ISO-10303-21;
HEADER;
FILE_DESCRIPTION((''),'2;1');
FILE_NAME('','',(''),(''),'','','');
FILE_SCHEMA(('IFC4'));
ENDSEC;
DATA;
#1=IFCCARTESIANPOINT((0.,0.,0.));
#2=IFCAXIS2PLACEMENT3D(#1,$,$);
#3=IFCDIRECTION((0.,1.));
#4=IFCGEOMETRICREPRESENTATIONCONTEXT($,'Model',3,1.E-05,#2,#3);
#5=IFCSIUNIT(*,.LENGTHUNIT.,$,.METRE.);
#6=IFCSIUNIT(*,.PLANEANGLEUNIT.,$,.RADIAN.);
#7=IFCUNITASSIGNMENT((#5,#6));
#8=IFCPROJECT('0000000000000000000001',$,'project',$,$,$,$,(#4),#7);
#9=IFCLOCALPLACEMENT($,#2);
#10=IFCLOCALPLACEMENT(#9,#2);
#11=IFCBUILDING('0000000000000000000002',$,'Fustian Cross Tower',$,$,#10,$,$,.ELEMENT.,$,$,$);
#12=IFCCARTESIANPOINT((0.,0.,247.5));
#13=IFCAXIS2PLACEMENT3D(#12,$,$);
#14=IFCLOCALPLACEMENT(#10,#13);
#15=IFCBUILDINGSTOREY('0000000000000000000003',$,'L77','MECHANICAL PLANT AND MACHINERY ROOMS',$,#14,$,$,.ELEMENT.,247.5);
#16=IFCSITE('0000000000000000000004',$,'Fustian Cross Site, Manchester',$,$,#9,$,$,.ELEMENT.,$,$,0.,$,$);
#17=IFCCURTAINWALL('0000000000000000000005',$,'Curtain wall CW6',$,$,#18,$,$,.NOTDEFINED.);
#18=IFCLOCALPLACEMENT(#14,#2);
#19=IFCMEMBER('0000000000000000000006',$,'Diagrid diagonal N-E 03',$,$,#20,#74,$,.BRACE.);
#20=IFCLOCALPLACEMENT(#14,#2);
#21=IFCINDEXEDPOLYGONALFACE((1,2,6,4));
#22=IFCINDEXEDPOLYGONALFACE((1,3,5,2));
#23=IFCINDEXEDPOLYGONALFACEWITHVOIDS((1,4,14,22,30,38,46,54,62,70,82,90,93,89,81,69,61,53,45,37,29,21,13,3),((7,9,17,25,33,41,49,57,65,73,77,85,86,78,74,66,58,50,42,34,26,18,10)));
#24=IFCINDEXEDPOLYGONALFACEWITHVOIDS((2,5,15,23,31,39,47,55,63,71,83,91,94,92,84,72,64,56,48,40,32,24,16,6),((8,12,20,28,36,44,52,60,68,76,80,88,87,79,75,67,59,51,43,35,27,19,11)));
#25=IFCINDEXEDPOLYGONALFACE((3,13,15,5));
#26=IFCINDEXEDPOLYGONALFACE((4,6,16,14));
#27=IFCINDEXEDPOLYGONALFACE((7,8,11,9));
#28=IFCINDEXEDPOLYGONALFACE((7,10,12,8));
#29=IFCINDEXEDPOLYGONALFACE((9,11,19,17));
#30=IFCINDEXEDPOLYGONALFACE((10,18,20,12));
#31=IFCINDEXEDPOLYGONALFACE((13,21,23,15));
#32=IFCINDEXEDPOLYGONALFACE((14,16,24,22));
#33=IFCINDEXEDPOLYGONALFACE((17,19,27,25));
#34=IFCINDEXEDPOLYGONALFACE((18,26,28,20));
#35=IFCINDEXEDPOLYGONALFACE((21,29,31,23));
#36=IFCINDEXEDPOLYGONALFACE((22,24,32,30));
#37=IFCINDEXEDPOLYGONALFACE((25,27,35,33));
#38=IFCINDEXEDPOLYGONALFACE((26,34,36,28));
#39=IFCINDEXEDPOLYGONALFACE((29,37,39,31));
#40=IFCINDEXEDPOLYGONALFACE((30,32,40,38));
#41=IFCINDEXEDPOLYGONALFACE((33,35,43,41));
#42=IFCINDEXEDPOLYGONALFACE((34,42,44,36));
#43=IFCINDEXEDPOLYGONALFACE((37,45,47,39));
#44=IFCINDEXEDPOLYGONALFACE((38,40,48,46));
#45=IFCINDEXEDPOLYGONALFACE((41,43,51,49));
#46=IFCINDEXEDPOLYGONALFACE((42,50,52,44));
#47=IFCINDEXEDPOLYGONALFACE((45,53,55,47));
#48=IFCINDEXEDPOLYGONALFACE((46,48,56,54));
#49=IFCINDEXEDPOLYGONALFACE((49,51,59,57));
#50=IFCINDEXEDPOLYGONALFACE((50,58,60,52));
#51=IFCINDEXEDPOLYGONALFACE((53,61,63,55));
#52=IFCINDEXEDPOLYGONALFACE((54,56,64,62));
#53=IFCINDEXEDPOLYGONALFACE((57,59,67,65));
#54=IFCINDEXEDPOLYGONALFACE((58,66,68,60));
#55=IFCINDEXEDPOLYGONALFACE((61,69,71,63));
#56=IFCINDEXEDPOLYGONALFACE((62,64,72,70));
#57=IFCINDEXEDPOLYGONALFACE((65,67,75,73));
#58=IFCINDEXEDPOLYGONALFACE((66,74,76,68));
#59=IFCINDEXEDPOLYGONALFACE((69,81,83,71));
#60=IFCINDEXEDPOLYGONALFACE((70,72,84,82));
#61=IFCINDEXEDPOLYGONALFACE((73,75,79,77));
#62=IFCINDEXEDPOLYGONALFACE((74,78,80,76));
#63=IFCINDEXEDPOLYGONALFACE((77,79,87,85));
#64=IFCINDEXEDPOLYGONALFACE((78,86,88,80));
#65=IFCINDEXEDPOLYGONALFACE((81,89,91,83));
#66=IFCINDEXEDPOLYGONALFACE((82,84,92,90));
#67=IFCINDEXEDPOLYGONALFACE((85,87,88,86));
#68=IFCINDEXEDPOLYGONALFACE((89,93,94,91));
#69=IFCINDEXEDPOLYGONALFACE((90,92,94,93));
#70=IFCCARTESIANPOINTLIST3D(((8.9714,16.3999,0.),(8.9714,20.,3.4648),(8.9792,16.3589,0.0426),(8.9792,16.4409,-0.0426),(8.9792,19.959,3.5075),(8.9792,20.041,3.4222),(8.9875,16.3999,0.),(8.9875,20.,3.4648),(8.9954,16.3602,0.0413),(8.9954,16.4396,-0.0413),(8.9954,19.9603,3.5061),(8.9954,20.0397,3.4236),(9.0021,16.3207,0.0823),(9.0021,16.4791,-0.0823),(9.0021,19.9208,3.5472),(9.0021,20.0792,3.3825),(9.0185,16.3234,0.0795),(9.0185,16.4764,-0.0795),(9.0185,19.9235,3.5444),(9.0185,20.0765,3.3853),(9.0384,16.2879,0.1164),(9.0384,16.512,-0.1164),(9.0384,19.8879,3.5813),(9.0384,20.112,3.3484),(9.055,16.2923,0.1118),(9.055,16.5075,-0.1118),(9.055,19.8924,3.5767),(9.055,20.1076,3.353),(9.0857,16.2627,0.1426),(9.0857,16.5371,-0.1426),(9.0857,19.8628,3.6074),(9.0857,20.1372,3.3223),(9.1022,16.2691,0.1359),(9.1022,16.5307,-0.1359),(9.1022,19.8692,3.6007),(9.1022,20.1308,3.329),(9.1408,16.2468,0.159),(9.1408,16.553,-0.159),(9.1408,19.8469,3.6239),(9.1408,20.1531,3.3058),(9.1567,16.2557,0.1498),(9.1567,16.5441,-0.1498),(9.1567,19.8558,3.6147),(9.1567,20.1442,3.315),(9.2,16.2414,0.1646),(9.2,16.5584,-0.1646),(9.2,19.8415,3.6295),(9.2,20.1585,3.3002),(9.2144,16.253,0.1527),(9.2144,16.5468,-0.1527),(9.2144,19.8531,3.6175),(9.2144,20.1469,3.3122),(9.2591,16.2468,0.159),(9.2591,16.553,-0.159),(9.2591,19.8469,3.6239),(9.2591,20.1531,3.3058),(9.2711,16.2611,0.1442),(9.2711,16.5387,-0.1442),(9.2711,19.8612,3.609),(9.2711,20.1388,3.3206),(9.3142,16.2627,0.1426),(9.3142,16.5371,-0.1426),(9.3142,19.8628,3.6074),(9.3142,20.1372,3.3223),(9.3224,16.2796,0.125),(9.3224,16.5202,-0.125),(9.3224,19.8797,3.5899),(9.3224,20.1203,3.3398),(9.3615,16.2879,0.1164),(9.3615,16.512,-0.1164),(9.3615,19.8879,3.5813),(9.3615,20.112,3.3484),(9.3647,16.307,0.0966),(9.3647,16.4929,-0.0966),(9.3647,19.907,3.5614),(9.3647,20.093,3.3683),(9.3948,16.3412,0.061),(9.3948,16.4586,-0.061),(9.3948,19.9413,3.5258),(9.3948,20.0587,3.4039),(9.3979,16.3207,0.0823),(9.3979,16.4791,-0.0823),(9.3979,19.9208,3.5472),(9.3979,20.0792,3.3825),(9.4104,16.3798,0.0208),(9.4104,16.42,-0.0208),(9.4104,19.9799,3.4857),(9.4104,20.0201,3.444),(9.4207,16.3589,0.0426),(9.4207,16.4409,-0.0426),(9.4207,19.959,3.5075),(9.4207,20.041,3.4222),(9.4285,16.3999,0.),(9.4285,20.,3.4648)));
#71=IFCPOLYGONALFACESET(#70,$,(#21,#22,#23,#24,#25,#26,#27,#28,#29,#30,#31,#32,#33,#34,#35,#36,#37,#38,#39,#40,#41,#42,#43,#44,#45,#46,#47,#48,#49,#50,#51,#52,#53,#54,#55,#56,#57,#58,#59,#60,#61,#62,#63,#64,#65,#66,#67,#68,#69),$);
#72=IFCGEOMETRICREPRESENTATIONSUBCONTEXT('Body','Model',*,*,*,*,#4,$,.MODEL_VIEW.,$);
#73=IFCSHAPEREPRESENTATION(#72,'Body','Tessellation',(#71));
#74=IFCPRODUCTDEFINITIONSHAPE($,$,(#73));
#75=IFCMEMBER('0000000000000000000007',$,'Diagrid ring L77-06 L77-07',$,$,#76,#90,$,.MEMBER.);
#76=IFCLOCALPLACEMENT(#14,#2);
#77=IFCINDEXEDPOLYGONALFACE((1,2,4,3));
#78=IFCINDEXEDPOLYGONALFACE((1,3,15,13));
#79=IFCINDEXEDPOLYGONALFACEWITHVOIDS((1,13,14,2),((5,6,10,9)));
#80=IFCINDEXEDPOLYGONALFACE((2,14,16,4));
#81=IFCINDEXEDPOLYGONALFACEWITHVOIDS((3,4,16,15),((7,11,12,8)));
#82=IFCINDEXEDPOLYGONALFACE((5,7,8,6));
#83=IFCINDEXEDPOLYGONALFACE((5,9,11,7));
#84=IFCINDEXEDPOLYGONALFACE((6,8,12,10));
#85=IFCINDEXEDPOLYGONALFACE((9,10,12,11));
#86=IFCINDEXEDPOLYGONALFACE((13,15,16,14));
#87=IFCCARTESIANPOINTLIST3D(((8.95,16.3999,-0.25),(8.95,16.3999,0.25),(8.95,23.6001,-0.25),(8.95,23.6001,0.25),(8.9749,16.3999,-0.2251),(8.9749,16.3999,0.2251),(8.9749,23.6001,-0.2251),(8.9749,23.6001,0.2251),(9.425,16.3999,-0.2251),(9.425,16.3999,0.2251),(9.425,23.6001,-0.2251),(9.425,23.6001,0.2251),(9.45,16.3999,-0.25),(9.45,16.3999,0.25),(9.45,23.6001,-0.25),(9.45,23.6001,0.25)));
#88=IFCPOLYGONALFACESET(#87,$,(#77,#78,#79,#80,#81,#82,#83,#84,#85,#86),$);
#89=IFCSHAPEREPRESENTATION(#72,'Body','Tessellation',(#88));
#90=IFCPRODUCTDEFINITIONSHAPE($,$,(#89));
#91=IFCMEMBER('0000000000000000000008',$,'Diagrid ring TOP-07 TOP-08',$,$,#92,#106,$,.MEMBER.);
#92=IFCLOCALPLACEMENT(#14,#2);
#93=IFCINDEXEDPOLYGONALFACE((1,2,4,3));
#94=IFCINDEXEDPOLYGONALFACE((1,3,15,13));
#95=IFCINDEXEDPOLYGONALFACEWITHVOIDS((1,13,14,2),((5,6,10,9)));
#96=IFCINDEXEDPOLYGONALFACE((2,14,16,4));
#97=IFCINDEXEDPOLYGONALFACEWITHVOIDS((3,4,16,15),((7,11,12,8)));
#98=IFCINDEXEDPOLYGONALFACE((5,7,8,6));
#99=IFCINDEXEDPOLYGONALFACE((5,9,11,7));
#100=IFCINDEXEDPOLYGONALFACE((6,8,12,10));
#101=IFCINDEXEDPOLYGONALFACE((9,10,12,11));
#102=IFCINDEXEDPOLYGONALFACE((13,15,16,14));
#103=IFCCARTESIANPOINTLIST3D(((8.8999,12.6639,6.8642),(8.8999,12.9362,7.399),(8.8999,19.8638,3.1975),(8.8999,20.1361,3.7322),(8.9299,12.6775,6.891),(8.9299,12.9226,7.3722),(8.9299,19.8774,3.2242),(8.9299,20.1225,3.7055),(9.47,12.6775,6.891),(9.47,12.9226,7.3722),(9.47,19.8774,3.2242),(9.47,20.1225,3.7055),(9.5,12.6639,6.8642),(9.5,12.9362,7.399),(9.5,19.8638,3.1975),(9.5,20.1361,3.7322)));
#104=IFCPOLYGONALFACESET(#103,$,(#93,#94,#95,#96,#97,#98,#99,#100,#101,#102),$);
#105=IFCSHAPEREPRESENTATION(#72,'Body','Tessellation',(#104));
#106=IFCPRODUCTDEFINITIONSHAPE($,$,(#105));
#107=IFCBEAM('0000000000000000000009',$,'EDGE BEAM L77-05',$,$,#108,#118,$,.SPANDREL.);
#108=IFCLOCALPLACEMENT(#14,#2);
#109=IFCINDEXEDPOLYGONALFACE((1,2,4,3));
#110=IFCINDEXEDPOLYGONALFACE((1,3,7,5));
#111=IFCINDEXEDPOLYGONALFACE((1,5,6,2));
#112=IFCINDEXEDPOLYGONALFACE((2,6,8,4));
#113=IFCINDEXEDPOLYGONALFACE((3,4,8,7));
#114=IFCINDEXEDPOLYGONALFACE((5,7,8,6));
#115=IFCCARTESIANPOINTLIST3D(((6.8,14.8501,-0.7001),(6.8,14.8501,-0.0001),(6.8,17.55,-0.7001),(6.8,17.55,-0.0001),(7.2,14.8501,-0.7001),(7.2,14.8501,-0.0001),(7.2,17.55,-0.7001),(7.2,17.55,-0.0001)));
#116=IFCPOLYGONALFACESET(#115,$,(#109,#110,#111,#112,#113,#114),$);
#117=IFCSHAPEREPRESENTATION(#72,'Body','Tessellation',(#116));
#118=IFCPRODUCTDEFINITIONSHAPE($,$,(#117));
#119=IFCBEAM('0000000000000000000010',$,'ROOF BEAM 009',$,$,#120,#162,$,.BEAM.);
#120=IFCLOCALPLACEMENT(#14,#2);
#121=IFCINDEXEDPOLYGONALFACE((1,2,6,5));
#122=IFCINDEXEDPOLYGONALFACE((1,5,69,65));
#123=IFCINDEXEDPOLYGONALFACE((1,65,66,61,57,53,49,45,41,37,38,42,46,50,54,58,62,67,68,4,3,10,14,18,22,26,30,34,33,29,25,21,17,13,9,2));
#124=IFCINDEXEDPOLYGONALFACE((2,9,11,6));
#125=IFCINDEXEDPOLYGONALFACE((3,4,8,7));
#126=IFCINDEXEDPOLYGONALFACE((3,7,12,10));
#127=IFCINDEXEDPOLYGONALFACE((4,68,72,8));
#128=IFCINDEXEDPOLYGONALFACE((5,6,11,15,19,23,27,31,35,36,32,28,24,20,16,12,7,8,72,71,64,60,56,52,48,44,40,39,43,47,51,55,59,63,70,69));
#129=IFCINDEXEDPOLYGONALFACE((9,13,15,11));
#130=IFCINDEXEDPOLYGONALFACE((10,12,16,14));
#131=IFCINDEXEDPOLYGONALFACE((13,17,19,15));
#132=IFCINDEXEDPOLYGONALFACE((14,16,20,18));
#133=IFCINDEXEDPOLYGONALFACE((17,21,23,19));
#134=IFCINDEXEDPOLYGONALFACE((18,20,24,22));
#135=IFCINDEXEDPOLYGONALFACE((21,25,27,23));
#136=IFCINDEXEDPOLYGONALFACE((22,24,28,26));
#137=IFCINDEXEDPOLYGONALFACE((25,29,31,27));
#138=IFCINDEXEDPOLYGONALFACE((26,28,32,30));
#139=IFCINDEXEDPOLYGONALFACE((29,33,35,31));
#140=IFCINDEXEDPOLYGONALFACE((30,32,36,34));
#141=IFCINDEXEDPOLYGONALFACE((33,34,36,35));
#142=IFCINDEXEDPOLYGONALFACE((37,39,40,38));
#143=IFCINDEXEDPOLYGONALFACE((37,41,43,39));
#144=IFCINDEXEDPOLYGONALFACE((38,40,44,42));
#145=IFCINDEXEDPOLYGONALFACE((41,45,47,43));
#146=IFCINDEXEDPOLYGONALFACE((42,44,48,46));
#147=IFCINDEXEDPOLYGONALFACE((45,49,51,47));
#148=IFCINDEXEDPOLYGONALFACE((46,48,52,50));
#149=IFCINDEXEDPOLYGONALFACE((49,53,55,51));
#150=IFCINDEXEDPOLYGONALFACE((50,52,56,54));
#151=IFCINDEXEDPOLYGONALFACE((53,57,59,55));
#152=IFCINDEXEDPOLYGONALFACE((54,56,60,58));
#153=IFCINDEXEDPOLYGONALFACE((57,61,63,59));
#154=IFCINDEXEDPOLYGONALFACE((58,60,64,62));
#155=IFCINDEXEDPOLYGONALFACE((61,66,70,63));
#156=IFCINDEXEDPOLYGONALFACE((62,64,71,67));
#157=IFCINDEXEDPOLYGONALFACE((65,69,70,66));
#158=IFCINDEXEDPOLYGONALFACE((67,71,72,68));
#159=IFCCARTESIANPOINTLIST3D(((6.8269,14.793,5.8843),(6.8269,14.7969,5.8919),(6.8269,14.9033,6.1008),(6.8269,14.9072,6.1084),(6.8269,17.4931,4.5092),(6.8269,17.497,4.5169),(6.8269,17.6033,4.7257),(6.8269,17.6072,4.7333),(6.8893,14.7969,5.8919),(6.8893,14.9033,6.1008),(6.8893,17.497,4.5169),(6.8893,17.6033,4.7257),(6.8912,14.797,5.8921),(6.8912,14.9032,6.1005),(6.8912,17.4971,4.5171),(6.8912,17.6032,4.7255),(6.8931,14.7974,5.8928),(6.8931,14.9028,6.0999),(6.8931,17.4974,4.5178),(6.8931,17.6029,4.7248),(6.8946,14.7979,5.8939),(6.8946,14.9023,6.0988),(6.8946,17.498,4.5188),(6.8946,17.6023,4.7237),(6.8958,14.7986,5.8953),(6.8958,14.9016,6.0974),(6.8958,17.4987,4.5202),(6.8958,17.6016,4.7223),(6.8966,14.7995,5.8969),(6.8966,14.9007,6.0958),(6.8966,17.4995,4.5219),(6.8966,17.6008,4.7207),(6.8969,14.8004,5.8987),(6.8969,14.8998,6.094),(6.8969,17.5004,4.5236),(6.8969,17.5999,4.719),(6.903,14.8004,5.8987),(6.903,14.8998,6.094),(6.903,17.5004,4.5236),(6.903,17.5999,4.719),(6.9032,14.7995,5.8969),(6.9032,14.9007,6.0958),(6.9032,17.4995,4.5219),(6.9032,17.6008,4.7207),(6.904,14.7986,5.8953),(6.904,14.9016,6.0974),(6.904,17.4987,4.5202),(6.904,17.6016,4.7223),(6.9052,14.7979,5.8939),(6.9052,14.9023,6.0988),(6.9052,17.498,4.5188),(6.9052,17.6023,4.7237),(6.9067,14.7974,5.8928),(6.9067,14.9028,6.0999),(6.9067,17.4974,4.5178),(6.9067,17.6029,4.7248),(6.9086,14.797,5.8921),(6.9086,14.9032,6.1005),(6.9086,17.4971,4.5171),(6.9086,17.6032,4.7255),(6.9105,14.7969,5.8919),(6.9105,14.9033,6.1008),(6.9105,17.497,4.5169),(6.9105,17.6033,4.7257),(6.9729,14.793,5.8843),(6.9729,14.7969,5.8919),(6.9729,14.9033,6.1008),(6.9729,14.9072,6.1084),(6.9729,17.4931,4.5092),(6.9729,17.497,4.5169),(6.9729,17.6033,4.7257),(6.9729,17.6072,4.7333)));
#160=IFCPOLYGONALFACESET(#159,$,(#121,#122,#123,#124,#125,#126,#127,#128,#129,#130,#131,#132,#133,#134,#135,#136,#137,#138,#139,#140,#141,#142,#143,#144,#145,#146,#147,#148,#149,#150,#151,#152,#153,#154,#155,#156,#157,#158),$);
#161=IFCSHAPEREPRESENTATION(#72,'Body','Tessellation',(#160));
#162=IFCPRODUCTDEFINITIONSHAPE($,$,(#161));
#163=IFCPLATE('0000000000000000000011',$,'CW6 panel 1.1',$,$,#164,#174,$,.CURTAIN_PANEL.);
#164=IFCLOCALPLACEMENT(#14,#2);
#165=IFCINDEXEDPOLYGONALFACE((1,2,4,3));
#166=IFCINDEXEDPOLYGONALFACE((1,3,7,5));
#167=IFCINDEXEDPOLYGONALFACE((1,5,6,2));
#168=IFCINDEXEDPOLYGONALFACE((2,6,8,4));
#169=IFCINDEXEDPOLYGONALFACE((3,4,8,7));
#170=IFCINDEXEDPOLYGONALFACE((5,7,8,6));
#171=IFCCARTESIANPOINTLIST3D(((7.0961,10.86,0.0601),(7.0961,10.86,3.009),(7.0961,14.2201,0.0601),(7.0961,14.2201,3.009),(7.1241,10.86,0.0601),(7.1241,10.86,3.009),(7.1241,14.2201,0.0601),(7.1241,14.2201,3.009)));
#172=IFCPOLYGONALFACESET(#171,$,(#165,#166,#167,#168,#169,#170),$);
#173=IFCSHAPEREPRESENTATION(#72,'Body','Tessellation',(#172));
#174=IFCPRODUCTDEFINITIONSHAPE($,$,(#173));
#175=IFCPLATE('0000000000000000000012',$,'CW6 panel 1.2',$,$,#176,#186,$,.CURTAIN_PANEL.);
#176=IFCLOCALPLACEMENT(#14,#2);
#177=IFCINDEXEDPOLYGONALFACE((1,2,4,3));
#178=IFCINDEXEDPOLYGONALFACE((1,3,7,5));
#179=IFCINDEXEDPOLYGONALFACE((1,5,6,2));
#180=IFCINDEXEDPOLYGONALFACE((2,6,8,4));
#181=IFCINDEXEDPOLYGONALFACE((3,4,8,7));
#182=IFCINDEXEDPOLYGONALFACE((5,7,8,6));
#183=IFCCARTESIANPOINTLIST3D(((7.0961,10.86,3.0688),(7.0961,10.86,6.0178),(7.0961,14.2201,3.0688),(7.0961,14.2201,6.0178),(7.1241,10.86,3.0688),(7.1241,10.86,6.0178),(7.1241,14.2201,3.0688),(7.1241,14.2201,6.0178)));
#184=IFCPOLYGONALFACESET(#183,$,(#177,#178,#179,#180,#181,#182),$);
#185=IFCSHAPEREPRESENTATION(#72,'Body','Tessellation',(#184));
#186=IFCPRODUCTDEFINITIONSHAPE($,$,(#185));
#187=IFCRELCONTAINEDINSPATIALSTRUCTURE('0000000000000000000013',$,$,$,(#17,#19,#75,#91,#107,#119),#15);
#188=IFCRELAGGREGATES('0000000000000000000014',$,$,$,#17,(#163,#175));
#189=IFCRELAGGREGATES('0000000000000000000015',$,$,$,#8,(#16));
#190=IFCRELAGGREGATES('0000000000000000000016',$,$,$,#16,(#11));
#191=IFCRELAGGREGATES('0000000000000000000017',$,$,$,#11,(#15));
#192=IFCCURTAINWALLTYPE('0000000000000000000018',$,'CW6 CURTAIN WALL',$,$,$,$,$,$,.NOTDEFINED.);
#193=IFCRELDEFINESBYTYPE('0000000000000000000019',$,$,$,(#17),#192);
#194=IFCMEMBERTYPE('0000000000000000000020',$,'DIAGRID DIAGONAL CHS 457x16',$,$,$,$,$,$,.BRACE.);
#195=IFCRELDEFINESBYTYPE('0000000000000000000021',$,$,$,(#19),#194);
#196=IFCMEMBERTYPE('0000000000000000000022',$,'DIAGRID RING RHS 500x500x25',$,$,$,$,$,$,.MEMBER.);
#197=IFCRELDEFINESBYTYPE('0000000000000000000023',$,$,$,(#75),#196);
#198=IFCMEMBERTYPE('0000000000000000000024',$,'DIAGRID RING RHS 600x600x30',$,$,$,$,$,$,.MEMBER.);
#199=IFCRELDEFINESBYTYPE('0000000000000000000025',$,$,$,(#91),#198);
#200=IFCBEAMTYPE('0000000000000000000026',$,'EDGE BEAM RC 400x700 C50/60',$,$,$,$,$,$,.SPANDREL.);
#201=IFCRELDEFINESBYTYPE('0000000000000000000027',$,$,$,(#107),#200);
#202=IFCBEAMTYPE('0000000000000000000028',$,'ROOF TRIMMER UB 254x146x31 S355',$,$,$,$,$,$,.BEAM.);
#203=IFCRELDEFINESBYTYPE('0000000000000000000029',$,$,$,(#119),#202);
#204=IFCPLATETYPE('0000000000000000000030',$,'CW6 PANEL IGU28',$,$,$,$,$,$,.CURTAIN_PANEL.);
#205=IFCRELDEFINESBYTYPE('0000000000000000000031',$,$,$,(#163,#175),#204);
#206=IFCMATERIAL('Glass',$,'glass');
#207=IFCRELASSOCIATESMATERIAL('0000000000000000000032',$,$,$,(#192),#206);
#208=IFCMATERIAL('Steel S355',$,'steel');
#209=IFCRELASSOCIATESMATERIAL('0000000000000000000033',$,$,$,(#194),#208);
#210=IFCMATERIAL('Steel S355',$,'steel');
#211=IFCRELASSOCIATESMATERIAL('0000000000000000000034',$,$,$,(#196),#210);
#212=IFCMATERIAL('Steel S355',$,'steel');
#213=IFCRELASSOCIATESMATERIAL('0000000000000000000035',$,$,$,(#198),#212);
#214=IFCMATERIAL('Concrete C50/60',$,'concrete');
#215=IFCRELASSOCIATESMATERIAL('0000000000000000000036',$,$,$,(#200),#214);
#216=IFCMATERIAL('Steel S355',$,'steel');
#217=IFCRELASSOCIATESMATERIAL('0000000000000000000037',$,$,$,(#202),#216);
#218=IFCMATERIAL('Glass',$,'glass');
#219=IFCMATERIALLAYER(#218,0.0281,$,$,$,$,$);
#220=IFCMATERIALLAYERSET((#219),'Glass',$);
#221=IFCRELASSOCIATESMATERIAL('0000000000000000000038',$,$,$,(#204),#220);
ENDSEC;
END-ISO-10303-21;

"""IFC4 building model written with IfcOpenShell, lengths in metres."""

from ifc_helpers import new_model, si_unit, direction, frame, origin, origin_2d, place, context, subcontext, project, spatial, rectangle, hollow_rectangle, hollow_circle, i_section, extrude, material, layer, layer_set, material_profile, profile_set, type_object, element, aggregate, save


model = new_model("IFC4")

# Units and contexts
model_context = context("Model", 3, precision=1e-05, world=origin(), true_north=direction((0.0, 1.0)))
body_context = subcontext(model_context, "Body", "Model", "MODEL_VIEW")
ifc_project = project(units=[si_unit("LENGTHUNIT", "METRE"), si_unit("PLANEANGLEUNIT", "RADIAN")], contexts=[model_context])

# Site, building, storey
site_placement = place(None, origin())
site = spatial("IfcSite", under=ifc_project, at=site_placement, Name="Fustian Cross Site, Manchester", CompositionType="ELEMENT", RefElevation=0.0)
building_placement = place(site_placement, origin())
building = spatial("IfcBuilding", under=site, at=building_placement, Name="Fustian Cross Tower", CompositionType="ELEMENT")
storey_placement = place(building_placement, frame((0.0, 0.0, 247.5)))
storey = spatial("IfcBuildingStorey", under=building, at=storey_placement, Name="L77", Description="MECHANICAL PLANT AND MACHINERY ROOMS", CompositionType="ELEMENT", Elevation=247.5)

# Shared definitions
ifc_material_1 = material(Name="Glass", Category="glass")
curtain_wall_type = type_object("IfcCurtainWallType", Name="CW6 CURTAIN WALL", PredefinedType="NOTDEFINED", material=ifc_material_1)

# Curtain wall
curtain_wall_1_placement = place(storey_placement, origin())
curtain_wall_1 = element("IfcCurtainWall", 1, at=curtain_wall_1_placement, inside=storey, type_object=curtain_wall_type, Name="Curtain wall CW6", PredefinedType="NOTDEFINED")

# Members
ifc_material_2 = material(Name="Steel S355", Category="steel")
ifc_material_profile_1 = material_profile(ifc_material_2, hollow_circle(Radius=0.2285, WallThickness=0.0161, at=origin_2d()), Name="CHS 457x16")
ifc_profile_set_1 = profile_set([ifc_material_profile_1], Name="Steel S355")
member_type_1 = type_object("IfcMemberType", Name="DIAGRID DIAGONAL CHS 457x16", PredefinedType="BRACE", material=ifc_profile_set_1)
member_1_placement = place(storey_placement, frame((9.2, 16.3999, 0.0), z_axis=(0.0, 0.720512, 0.693443), x_axis=(-1.0, 0.0, 0.0)))
element("IfcMember", 2, at=member_1_placement, inside=storey, type_object=member_type_1, Name="Diagrid diagonal N-E 03", PredefinedType="BRACE", context=body_context, shape_type="SweptSolid", body=[
    extrude(hollow_circle(Radius=0.2285, WallThickness=0.0161, at=origin_2d()), origin(), (0.0, 0.0, 1.0), 4.9966),
])
ifc_material_3 = material(Name="Steel S355", Category="steel")
ifc_material_profile_2 = material_profile(ifc_material_3, hollow_rectangle(XDim=0.5, YDim=0.5, WallThickness=0.0249, at=origin_2d()), Name="RHS 500x500x25")
ifc_profile_set_2 = profile_set([ifc_material_profile_2], Name="Steel S355")
member_type_2 = type_object("IfcMemberType", Name="DIAGRID RING RHS 500x500x25", PredefinedType="MEMBER", material=ifc_profile_set_2)
member_2_placement = place(storey_placement, frame((9.2, 16.3999, 0.0), z_axis=(0.0, 1.0, 0.0), x_axis=(-1.0, 0.0, 0.0)))
element("IfcMember", 3, at=member_2_placement, inside=storey, type_object=member_type_2, Name="Diagrid ring L77-06 L77-07", PredefinedType="MEMBER", context=body_context, shape_type="SweptSolid", body=[
    extrude(hollow_rectangle(XDim=0.5, YDim=0.5, WallThickness=0.0249, at=origin_2d()), origin(), (0.0, 0.0, 1.0), 7.2002),
])
ifc_material_4 = material(Name="Steel S355", Category="steel")
ifc_material_profile_3 = material_profile(ifc_material_4, hollow_rectangle(XDim=0.6001, YDim=0.6001, WallThickness=0.03, at=origin_2d()), Name="RHS 600x600x30")
ifc_profile_set_3 = profile_set([ifc_material_profile_3], Name="Steel S355")
member_type_3 = type_object("IfcMemberType", Name="DIAGRID RING RHS 600x600x30", PredefinedType="MEMBER", material=ifc_profile_set_3)
member_3_placement = place(storey_placement, frame((9.2, 12.8, 7.1316), z_axis=(0.0, 0.891097, -0.453813), x_axis=(-1.0, 0.0, 0.0)))
element("IfcMember", 4, at=member_3_placement, inside=storey, type_object=member_type_3, Name="Diagrid ring TOP-07 TOP-08", PredefinedType="MEMBER", context=body_context, shape_type="SweptSolid", body=[
    extrude(hollow_rectangle(XDim=0.6001, YDim=0.6001, WallThickness=0.03, at=origin_2d()), origin(), (0.0, 0.0, 1.0), 8.0798),
])

# Beams
ifc_material_5 = material(Name="Concrete C50/60", Category="concrete")
ifc_material_profile_4 = material_profile(ifc_material_5, rectangle(XDim=0.3999, YDim=0.7, at=origin_2d()), Name="RC 400x700")
ifc_profile_set_4 = profile_set([ifc_material_profile_4], Name="Concrete C50/60")
beam_type_1 = type_object("IfcBeamType", Name="EDGE BEAM RC 400x700 C50/60", PredefinedType="SPANDREL", material=ifc_profile_set_4)
beam_1_placement = place(storey_placement, frame((7.0, 14.8501, -0.3501), z_axis=(0.0, 1.0, 0.0), x_axis=(-1.0, 0.0, 0.0)))
element("IfcBeam", 5, at=beam_1_placement, inside=storey, type_object=beam_type_1, Name="EDGE BEAM L77-05", PredefinedType="SPANDREL", context=body_context, shape_type="SweptSolid", body=[
    extrude(rectangle(XDim=0.3999, YDim=0.7, at=origin_2d()), origin(), (0.0, 0.0, 1.0), 2.7),
])
ifc_material_6 = material(Name="Steel S355", Category="steel")
ifc_material_profile_5 = material_profile(ifc_material_6, i_section(OverallWidth=0.146, OverallDepth=0.2515, WebThickness=0.0061, FlangeThickness=0.0085, FilletRadius=0.0076, at=origin_2d()), Name="UB 254x146x31")
ifc_profile_set_5 = profile_set([ifc_material_profile_5], Name="Steel S355")
beam_type_2 = type_object("IfcBeamType", Name="ROOF TRIMMER UB 254x146x31 S355", PredefinedType="BEAM", material=ifc_profile_set_5)
beam_2_placement = place(storey_placement, frame((6.8999, 14.8501, 5.9963), z_axis=(0.0, 0.891099, -0.453809), x_axis=(-1.0, 0.0, 0.0)))
element("IfcBeam", 6, at=beam_2_placement, inside=storey, type_object=beam_type_2, Name="ROOF BEAM 009", PredefinedType="BEAM", context=body_context, shape_type="SweptSolid", body=[
    extrude(i_section(OverallWidth=0.146, OverallDepth=0.2515, WebThickness=0.0061, FlangeThickness=0.0085, FilletRadius=0.0076, at=origin_2d()), origin(), (0.0, 0.0, 1.0), 3.03),
])

# Plates
ifc_material_7 = material(Name="Glass", Category="glass")
ifc_layer_1 = layer(ifc_material_7, 0.0281)
ifc_layer_set_1 = layer_set([ifc_layer_1], Name="Glass")
plate_type = type_object("IfcPlateType", Name="CW6 PANEL IGU28", PredefinedType="CURTAIN_PANEL", material=ifc_layer_set_1)
plate_1_placement = place(storey_placement, frame((7.1101, 12.54, 0.0601), z_axis=(0.0, 0.0, 1.0), x_axis=(0.0, 1.0, 0.0)))
plate_1 = element("IfcPlate", 7, at=plate_1_placement, type_object=plate_type, Name="CW6 panel 1.1", PredefinedType="CURTAIN_PANEL", context=body_context, shape_type="SweptSolid", body=[
    extrude(rectangle(XDim=3.3601, YDim=0.0281, at=origin_2d()), origin(), (0.0, 0.0, 1.0), 2.949),
])
plate_2_placement = place(storey_placement, frame((7.1101, 12.54, 3.0688), z_axis=(0.0, 0.0, 1.0), x_axis=(0.0, 1.0, 0.0)))
plate_2 = element("IfcPlate", 8, at=plate_2_placement, type_object=plate_type, Name="CW6 panel 1.2", PredefinedType="CURTAIN_PANEL", context=body_context, shape_type="SweptSolid", body=[
    extrude(rectangle(XDim=3.3601, YDim=0.0281, at=origin_2d()), origin(), (0.0, 0.0, 1.0), 2.949),
])
aggregate(curtain_wall_1, [plate_1, plate_2])

save(model, "model.ifc")
